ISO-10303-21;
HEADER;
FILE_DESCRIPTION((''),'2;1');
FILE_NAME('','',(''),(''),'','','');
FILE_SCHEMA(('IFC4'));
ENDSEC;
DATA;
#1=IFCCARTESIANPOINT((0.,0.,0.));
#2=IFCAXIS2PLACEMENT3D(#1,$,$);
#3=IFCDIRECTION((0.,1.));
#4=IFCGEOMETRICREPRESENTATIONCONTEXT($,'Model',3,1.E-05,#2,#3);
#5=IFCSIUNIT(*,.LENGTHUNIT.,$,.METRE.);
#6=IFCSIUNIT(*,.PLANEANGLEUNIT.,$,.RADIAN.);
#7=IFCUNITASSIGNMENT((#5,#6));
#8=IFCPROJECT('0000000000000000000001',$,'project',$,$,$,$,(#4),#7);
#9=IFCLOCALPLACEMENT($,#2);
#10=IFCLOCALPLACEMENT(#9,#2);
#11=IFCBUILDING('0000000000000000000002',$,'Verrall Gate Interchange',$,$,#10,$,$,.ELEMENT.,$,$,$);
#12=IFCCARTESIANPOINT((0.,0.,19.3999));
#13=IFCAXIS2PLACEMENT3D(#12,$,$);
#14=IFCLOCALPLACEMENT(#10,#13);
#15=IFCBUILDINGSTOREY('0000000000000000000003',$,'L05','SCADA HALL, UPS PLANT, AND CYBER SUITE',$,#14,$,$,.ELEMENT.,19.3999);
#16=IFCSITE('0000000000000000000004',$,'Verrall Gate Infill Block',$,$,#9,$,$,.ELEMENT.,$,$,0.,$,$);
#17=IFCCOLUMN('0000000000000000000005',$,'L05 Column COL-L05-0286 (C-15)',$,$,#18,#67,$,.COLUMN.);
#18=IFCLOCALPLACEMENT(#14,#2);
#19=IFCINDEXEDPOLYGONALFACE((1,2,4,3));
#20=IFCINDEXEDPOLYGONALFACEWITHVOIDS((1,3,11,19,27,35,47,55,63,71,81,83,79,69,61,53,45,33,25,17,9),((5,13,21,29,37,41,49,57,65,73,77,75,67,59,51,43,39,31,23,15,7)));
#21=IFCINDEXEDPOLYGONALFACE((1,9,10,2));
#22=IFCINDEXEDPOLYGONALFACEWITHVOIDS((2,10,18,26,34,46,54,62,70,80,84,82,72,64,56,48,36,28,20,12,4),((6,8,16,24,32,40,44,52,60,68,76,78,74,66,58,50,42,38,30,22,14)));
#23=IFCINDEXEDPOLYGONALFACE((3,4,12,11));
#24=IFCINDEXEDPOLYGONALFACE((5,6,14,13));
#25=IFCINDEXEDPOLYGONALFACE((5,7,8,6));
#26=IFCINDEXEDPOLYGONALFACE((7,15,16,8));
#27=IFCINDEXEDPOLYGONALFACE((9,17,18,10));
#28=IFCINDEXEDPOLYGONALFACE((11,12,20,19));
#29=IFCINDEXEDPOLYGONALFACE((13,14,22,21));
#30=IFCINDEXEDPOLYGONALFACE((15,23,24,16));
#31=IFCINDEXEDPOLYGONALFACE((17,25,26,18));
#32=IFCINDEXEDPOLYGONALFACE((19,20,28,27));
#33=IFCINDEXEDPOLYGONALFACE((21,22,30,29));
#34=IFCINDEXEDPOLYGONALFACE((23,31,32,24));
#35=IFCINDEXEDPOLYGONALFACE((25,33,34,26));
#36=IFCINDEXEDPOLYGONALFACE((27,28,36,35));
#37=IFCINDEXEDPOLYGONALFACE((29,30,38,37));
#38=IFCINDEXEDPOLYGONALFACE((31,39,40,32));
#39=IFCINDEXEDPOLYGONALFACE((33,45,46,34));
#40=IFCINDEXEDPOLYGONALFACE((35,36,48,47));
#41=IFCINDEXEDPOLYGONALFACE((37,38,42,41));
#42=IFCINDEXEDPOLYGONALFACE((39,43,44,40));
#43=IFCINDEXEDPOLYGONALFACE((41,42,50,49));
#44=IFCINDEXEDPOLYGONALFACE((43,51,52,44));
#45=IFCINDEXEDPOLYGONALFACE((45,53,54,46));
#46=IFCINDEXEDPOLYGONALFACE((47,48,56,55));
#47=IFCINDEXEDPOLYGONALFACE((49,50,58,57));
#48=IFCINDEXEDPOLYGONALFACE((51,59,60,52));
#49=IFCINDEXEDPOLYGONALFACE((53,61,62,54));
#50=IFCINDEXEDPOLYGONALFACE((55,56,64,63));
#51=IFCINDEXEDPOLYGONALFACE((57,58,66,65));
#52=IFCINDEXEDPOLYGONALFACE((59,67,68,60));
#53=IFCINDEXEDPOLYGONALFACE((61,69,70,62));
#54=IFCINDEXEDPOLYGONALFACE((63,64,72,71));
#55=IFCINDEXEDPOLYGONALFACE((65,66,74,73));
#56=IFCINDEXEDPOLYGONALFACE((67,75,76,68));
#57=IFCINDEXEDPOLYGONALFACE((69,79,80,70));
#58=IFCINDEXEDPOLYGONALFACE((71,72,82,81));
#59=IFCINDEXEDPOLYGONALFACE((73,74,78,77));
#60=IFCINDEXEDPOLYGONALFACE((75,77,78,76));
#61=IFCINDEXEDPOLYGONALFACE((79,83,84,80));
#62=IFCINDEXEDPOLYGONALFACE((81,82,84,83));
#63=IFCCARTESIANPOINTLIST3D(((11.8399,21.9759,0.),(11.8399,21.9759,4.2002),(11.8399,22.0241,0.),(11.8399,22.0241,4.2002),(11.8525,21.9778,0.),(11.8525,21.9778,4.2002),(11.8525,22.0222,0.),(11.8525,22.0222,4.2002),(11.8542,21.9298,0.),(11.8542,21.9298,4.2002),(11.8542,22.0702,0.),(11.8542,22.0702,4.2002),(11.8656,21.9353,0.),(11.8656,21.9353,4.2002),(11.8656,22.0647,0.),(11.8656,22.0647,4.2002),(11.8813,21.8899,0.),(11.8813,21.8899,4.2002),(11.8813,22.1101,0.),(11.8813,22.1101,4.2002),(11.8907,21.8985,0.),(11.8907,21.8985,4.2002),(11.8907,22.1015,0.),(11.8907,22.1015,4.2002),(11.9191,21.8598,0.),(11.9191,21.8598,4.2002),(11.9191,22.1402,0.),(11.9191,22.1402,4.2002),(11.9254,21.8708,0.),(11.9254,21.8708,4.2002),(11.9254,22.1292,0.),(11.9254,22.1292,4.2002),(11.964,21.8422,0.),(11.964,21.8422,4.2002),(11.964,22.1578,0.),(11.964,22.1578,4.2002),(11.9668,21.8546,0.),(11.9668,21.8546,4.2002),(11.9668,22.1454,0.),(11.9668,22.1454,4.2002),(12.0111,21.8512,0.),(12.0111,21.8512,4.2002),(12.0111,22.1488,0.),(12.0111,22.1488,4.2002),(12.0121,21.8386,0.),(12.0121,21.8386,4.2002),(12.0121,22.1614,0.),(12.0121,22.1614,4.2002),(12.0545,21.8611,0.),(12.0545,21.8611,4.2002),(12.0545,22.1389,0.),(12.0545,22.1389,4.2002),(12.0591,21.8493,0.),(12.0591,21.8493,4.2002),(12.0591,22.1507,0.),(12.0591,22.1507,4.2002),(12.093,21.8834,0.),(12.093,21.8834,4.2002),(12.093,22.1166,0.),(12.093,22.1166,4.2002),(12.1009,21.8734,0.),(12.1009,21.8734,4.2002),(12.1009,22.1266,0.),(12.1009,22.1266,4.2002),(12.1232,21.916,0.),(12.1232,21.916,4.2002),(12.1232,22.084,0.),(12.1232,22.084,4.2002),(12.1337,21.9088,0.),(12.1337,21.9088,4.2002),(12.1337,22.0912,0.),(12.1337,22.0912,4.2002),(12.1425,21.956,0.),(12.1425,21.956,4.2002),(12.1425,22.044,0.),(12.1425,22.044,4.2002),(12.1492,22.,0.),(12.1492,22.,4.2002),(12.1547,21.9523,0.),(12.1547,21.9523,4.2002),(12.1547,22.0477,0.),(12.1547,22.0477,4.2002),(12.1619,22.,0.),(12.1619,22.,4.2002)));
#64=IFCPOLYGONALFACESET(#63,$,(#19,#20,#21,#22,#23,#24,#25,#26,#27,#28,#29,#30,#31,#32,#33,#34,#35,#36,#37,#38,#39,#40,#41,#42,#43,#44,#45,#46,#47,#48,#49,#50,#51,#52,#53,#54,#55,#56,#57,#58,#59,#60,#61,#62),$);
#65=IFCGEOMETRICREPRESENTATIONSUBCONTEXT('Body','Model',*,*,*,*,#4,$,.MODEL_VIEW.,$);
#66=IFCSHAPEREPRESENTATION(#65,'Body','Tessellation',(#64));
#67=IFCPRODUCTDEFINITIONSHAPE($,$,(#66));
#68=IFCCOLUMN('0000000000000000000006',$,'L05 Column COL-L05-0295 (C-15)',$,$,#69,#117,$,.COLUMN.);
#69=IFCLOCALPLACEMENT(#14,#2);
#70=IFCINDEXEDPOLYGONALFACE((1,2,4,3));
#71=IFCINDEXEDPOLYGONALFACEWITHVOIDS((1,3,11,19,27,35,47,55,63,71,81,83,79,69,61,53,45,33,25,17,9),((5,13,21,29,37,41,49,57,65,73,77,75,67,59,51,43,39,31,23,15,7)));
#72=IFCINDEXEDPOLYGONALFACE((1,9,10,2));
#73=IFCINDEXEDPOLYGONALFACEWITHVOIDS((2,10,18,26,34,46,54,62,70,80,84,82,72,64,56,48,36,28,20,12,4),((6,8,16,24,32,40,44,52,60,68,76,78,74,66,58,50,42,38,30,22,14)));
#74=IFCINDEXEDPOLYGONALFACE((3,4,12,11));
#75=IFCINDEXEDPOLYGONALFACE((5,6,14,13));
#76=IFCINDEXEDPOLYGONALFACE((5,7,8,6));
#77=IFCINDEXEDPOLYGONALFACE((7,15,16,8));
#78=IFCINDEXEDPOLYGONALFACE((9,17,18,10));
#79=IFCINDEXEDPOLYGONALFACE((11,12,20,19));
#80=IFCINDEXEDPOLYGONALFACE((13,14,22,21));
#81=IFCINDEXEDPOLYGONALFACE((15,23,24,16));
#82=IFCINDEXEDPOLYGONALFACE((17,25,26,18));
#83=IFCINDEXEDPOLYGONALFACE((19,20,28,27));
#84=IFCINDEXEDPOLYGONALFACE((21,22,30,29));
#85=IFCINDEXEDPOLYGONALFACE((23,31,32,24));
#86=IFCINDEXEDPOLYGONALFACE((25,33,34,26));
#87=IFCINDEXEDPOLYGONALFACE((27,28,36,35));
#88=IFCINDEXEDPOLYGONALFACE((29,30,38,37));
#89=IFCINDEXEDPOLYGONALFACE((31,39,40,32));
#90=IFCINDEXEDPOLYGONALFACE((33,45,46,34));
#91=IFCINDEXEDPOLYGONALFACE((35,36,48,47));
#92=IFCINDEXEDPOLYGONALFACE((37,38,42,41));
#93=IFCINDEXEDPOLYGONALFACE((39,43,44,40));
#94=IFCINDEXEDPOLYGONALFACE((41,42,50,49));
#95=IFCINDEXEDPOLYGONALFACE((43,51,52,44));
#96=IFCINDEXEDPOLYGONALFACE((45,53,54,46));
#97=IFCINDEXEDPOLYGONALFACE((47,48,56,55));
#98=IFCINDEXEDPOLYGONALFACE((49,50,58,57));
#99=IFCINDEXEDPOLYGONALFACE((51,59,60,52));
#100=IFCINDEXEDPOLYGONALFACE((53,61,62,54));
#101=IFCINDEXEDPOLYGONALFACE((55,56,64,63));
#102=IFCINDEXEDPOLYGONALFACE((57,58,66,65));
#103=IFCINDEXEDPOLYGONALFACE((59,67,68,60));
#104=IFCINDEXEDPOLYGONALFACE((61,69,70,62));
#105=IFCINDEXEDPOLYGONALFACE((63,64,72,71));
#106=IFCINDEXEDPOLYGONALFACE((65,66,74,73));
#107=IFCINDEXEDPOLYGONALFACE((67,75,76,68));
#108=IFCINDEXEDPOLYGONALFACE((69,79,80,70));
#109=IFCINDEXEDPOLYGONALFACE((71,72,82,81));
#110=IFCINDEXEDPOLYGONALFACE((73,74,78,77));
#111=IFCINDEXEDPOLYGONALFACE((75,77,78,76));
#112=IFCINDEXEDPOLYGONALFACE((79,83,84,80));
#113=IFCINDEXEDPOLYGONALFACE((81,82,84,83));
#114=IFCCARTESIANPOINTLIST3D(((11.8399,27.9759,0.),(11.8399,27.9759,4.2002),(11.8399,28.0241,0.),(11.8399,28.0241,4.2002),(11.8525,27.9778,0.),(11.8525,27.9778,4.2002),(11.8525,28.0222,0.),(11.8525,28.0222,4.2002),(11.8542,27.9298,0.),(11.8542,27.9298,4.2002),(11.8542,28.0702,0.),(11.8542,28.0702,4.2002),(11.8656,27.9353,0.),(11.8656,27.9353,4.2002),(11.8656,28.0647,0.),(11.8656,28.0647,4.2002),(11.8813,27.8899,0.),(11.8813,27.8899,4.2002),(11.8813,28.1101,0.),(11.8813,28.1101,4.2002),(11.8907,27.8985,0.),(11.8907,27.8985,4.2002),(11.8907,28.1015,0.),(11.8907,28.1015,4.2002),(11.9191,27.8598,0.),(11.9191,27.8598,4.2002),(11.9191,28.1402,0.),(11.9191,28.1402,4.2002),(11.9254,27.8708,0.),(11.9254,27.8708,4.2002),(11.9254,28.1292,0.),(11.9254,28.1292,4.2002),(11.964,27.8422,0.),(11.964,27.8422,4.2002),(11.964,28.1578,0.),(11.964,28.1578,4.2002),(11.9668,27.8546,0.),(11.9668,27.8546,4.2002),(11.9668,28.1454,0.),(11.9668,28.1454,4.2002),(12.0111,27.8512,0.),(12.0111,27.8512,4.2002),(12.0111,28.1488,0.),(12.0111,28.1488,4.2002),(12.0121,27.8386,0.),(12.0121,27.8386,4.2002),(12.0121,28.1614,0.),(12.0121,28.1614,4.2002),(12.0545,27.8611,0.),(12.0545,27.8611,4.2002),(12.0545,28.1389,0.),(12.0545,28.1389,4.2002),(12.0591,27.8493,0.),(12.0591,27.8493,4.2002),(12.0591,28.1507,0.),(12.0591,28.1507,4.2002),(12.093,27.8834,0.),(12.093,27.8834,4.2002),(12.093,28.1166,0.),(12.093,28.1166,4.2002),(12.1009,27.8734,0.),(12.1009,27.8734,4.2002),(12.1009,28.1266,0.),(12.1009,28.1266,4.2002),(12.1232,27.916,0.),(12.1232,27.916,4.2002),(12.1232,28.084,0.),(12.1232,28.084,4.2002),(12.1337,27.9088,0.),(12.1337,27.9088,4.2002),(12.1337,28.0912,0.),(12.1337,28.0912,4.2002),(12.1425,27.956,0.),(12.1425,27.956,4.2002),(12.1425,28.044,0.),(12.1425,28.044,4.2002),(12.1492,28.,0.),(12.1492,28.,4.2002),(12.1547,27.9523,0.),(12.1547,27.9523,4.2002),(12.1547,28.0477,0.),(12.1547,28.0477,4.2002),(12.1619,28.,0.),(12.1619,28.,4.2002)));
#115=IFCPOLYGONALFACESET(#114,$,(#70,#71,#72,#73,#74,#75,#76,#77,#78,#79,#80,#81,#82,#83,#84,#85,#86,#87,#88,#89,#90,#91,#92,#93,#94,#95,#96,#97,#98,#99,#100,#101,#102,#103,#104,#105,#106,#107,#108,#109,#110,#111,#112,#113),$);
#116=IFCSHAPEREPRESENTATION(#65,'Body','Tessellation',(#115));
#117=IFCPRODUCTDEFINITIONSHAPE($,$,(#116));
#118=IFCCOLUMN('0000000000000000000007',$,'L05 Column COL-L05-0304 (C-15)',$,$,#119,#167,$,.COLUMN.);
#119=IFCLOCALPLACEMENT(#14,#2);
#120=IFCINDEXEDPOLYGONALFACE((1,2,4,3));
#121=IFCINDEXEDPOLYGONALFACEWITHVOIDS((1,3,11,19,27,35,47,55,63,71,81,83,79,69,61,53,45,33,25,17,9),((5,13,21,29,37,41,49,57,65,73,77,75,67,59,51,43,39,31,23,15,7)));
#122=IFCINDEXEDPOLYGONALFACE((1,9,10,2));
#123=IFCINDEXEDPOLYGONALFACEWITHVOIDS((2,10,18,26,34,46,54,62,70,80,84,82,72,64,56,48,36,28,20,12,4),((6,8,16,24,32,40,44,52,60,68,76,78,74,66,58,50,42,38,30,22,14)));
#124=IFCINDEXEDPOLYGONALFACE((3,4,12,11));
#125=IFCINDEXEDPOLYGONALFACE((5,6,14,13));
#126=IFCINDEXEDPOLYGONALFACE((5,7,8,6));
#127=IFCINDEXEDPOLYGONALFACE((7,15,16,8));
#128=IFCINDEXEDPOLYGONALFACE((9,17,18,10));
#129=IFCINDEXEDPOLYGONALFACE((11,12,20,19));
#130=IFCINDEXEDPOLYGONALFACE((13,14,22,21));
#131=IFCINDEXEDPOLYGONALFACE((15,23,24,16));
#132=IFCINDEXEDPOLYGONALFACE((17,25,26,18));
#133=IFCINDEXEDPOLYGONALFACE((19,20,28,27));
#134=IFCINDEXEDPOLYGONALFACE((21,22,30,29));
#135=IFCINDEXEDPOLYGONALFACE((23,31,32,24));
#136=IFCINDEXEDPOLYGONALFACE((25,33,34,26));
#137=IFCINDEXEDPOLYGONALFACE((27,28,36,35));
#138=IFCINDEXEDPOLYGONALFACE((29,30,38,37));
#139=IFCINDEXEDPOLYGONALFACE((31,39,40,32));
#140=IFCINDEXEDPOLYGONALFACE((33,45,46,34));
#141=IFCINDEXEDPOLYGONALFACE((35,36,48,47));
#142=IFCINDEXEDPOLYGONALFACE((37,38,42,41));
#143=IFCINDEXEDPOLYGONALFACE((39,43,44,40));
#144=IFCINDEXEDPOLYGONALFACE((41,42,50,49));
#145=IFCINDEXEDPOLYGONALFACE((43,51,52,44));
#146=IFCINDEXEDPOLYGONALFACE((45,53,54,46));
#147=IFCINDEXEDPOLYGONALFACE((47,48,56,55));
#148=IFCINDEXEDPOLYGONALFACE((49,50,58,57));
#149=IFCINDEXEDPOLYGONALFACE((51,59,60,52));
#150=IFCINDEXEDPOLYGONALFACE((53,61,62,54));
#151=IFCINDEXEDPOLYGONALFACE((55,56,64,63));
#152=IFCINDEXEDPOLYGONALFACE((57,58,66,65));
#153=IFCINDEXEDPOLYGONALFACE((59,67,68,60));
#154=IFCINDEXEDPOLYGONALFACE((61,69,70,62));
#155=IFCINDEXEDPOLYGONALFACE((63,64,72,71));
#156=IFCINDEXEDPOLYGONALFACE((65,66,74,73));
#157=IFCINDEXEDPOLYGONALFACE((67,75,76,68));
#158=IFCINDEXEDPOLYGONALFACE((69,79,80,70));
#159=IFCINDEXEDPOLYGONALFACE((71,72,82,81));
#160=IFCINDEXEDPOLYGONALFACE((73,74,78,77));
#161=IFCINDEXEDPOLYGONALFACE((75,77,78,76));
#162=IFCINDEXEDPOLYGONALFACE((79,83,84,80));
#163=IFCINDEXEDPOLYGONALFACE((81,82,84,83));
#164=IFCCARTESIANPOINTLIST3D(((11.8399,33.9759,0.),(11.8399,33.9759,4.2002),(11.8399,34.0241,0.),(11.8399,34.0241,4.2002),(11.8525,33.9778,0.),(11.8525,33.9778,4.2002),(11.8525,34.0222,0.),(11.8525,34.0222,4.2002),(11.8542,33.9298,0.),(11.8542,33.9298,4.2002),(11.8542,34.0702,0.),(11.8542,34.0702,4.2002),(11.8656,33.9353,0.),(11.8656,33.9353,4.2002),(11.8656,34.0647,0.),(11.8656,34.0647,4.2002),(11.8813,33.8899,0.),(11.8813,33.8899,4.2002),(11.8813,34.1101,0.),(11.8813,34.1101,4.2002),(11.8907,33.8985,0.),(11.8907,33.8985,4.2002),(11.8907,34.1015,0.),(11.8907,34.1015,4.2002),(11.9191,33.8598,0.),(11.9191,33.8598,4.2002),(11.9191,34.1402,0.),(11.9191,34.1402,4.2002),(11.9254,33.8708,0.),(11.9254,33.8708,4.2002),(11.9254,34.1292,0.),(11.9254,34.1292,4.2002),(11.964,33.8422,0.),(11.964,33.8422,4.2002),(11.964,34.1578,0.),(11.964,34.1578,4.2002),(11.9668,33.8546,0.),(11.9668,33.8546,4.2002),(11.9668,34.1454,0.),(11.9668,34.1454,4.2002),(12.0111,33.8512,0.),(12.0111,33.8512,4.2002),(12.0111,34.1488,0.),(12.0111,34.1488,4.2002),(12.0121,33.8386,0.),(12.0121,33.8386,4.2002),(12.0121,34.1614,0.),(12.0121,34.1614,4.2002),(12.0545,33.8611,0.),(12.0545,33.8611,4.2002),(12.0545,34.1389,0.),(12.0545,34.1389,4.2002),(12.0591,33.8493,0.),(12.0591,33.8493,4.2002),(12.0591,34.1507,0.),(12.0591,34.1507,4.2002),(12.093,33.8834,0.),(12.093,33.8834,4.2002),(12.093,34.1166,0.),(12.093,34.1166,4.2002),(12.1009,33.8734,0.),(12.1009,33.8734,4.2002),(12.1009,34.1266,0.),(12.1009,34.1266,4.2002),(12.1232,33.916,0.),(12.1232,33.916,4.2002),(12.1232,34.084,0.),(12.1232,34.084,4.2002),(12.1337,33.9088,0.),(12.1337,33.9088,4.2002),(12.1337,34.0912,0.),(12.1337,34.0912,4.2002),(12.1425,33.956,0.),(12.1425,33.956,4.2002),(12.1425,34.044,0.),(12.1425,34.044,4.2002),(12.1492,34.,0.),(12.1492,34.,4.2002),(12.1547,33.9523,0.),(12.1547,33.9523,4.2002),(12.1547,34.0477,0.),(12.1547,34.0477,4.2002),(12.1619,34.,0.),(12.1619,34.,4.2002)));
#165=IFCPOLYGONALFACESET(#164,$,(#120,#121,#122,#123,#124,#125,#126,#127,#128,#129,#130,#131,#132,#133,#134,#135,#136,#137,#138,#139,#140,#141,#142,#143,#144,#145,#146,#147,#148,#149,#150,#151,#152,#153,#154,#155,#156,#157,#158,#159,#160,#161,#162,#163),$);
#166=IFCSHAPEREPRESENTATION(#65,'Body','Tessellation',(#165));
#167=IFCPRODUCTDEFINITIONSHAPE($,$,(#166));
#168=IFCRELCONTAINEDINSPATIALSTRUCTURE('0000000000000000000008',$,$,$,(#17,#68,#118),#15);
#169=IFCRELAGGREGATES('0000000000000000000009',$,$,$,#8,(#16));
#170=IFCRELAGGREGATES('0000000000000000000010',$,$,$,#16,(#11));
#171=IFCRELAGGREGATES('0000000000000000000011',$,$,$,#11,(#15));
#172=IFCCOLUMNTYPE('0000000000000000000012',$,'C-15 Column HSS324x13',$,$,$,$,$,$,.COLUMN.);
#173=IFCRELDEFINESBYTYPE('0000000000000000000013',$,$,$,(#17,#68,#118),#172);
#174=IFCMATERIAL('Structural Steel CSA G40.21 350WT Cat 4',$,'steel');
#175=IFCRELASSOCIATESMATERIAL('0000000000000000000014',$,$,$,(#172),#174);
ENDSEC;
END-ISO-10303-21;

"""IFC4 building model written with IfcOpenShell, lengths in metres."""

from ifc_helpers import new_model, si_unit, direction, frame, origin, origin_2d, place, context, subcontext, project, spatial, hollow_circle, extrude, material, material_profile, profile_set, type_object, element, save


model = new_model("IFC4")

# Units and contexts
model_context = context("Model", 3, precision=1e-05, world=origin(), true_north=direction((0.0, 1.0)))
body_context = subcontext(model_context, "Body", "Model", "MODEL_VIEW")
ifc_project = project(units=[si_unit("LENGTHUNIT", "METRE"), si_unit("PLANEANGLEUNIT", "RADIAN")], contexts=[model_context])

# Site, building, storey
site_placement = place(None, origin())
site = spatial("IfcSite", under=ifc_project, at=site_placement, Name="Verrall Gate Infill Block", CompositionType="ELEMENT", RefElevation=0.0)
building_placement = place(site_placement, origin())
building = spatial("IfcBuilding", under=site, at=building_placement, Name="Verrall Gate Interchange", CompositionType="ELEMENT")
storey_placement = place(building_placement, frame((0.0, 0.0, 19.3999)))
storey = spatial("IfcBuildingStorey", under=building, at=storey_placement, Name="L05", Description="SCADA HALL, UPS PLANT, AND CYBER SUITE", CompositionType="ELEMENT", Elevation=19.3999)

# Columns
ifc_material_1 = material(Name="Structural Steel CSA G40.21 350WT Cat 4", Category="steel")
ifc_material_profile_1 = material_profile(ifc_material_1, hollow_circle(Radius=0.1619, WallThickness=0.0127, at=origin_2d()), Name="HSS324x13")
ifc_profile_set_1 = profile_set([ifc_material_profile_1], Name="Structural Steel CSA G40.21 350WT Cat 4")
column_type = type_object("IfcColumnType", Name="C-15 Column HSS324x13", PredefinedType="COLUMN", material=ifc_profile_set_1)
for number, where, z_axis, x_axis, name in (
    (1, (12.0, 22.0, 0.0), (0.0, 0.0, 1.0), (1.0, 0.0, 0.0), "L05 Column COL-L05-0286 (C-15)"),
    (2, (12.0, 28.0, 0.0), (0.0, 0.0, 1.0), (1.0, 0.0, 0.0), "L05 Column COL-L05-0295 (C-15)"),
    (3, (12.0, 34.0, 0.0), (0.0, 0.0, 1.0), (1.0, 0.0, 0.0), "L05 Column COL-L05-0304 (C-15)"),
):
    element("IfcColumn", number, at=place(storey_placement, frame(where, z_axis=z_axis, x_axis=x_axis)), inside=storey, type_object=column_type, Name=name, PredefinedType="COLUMN", context=body_context, shape_type="SweptSolid", body=[
        extrude(hollow_circle(Radius=0.1619, WallThickness=0.0127, at=origin_2d()), origin(), (0.0, 0.0, 1.0), 4.2002),
    ])

save(model, "model.ifc")
